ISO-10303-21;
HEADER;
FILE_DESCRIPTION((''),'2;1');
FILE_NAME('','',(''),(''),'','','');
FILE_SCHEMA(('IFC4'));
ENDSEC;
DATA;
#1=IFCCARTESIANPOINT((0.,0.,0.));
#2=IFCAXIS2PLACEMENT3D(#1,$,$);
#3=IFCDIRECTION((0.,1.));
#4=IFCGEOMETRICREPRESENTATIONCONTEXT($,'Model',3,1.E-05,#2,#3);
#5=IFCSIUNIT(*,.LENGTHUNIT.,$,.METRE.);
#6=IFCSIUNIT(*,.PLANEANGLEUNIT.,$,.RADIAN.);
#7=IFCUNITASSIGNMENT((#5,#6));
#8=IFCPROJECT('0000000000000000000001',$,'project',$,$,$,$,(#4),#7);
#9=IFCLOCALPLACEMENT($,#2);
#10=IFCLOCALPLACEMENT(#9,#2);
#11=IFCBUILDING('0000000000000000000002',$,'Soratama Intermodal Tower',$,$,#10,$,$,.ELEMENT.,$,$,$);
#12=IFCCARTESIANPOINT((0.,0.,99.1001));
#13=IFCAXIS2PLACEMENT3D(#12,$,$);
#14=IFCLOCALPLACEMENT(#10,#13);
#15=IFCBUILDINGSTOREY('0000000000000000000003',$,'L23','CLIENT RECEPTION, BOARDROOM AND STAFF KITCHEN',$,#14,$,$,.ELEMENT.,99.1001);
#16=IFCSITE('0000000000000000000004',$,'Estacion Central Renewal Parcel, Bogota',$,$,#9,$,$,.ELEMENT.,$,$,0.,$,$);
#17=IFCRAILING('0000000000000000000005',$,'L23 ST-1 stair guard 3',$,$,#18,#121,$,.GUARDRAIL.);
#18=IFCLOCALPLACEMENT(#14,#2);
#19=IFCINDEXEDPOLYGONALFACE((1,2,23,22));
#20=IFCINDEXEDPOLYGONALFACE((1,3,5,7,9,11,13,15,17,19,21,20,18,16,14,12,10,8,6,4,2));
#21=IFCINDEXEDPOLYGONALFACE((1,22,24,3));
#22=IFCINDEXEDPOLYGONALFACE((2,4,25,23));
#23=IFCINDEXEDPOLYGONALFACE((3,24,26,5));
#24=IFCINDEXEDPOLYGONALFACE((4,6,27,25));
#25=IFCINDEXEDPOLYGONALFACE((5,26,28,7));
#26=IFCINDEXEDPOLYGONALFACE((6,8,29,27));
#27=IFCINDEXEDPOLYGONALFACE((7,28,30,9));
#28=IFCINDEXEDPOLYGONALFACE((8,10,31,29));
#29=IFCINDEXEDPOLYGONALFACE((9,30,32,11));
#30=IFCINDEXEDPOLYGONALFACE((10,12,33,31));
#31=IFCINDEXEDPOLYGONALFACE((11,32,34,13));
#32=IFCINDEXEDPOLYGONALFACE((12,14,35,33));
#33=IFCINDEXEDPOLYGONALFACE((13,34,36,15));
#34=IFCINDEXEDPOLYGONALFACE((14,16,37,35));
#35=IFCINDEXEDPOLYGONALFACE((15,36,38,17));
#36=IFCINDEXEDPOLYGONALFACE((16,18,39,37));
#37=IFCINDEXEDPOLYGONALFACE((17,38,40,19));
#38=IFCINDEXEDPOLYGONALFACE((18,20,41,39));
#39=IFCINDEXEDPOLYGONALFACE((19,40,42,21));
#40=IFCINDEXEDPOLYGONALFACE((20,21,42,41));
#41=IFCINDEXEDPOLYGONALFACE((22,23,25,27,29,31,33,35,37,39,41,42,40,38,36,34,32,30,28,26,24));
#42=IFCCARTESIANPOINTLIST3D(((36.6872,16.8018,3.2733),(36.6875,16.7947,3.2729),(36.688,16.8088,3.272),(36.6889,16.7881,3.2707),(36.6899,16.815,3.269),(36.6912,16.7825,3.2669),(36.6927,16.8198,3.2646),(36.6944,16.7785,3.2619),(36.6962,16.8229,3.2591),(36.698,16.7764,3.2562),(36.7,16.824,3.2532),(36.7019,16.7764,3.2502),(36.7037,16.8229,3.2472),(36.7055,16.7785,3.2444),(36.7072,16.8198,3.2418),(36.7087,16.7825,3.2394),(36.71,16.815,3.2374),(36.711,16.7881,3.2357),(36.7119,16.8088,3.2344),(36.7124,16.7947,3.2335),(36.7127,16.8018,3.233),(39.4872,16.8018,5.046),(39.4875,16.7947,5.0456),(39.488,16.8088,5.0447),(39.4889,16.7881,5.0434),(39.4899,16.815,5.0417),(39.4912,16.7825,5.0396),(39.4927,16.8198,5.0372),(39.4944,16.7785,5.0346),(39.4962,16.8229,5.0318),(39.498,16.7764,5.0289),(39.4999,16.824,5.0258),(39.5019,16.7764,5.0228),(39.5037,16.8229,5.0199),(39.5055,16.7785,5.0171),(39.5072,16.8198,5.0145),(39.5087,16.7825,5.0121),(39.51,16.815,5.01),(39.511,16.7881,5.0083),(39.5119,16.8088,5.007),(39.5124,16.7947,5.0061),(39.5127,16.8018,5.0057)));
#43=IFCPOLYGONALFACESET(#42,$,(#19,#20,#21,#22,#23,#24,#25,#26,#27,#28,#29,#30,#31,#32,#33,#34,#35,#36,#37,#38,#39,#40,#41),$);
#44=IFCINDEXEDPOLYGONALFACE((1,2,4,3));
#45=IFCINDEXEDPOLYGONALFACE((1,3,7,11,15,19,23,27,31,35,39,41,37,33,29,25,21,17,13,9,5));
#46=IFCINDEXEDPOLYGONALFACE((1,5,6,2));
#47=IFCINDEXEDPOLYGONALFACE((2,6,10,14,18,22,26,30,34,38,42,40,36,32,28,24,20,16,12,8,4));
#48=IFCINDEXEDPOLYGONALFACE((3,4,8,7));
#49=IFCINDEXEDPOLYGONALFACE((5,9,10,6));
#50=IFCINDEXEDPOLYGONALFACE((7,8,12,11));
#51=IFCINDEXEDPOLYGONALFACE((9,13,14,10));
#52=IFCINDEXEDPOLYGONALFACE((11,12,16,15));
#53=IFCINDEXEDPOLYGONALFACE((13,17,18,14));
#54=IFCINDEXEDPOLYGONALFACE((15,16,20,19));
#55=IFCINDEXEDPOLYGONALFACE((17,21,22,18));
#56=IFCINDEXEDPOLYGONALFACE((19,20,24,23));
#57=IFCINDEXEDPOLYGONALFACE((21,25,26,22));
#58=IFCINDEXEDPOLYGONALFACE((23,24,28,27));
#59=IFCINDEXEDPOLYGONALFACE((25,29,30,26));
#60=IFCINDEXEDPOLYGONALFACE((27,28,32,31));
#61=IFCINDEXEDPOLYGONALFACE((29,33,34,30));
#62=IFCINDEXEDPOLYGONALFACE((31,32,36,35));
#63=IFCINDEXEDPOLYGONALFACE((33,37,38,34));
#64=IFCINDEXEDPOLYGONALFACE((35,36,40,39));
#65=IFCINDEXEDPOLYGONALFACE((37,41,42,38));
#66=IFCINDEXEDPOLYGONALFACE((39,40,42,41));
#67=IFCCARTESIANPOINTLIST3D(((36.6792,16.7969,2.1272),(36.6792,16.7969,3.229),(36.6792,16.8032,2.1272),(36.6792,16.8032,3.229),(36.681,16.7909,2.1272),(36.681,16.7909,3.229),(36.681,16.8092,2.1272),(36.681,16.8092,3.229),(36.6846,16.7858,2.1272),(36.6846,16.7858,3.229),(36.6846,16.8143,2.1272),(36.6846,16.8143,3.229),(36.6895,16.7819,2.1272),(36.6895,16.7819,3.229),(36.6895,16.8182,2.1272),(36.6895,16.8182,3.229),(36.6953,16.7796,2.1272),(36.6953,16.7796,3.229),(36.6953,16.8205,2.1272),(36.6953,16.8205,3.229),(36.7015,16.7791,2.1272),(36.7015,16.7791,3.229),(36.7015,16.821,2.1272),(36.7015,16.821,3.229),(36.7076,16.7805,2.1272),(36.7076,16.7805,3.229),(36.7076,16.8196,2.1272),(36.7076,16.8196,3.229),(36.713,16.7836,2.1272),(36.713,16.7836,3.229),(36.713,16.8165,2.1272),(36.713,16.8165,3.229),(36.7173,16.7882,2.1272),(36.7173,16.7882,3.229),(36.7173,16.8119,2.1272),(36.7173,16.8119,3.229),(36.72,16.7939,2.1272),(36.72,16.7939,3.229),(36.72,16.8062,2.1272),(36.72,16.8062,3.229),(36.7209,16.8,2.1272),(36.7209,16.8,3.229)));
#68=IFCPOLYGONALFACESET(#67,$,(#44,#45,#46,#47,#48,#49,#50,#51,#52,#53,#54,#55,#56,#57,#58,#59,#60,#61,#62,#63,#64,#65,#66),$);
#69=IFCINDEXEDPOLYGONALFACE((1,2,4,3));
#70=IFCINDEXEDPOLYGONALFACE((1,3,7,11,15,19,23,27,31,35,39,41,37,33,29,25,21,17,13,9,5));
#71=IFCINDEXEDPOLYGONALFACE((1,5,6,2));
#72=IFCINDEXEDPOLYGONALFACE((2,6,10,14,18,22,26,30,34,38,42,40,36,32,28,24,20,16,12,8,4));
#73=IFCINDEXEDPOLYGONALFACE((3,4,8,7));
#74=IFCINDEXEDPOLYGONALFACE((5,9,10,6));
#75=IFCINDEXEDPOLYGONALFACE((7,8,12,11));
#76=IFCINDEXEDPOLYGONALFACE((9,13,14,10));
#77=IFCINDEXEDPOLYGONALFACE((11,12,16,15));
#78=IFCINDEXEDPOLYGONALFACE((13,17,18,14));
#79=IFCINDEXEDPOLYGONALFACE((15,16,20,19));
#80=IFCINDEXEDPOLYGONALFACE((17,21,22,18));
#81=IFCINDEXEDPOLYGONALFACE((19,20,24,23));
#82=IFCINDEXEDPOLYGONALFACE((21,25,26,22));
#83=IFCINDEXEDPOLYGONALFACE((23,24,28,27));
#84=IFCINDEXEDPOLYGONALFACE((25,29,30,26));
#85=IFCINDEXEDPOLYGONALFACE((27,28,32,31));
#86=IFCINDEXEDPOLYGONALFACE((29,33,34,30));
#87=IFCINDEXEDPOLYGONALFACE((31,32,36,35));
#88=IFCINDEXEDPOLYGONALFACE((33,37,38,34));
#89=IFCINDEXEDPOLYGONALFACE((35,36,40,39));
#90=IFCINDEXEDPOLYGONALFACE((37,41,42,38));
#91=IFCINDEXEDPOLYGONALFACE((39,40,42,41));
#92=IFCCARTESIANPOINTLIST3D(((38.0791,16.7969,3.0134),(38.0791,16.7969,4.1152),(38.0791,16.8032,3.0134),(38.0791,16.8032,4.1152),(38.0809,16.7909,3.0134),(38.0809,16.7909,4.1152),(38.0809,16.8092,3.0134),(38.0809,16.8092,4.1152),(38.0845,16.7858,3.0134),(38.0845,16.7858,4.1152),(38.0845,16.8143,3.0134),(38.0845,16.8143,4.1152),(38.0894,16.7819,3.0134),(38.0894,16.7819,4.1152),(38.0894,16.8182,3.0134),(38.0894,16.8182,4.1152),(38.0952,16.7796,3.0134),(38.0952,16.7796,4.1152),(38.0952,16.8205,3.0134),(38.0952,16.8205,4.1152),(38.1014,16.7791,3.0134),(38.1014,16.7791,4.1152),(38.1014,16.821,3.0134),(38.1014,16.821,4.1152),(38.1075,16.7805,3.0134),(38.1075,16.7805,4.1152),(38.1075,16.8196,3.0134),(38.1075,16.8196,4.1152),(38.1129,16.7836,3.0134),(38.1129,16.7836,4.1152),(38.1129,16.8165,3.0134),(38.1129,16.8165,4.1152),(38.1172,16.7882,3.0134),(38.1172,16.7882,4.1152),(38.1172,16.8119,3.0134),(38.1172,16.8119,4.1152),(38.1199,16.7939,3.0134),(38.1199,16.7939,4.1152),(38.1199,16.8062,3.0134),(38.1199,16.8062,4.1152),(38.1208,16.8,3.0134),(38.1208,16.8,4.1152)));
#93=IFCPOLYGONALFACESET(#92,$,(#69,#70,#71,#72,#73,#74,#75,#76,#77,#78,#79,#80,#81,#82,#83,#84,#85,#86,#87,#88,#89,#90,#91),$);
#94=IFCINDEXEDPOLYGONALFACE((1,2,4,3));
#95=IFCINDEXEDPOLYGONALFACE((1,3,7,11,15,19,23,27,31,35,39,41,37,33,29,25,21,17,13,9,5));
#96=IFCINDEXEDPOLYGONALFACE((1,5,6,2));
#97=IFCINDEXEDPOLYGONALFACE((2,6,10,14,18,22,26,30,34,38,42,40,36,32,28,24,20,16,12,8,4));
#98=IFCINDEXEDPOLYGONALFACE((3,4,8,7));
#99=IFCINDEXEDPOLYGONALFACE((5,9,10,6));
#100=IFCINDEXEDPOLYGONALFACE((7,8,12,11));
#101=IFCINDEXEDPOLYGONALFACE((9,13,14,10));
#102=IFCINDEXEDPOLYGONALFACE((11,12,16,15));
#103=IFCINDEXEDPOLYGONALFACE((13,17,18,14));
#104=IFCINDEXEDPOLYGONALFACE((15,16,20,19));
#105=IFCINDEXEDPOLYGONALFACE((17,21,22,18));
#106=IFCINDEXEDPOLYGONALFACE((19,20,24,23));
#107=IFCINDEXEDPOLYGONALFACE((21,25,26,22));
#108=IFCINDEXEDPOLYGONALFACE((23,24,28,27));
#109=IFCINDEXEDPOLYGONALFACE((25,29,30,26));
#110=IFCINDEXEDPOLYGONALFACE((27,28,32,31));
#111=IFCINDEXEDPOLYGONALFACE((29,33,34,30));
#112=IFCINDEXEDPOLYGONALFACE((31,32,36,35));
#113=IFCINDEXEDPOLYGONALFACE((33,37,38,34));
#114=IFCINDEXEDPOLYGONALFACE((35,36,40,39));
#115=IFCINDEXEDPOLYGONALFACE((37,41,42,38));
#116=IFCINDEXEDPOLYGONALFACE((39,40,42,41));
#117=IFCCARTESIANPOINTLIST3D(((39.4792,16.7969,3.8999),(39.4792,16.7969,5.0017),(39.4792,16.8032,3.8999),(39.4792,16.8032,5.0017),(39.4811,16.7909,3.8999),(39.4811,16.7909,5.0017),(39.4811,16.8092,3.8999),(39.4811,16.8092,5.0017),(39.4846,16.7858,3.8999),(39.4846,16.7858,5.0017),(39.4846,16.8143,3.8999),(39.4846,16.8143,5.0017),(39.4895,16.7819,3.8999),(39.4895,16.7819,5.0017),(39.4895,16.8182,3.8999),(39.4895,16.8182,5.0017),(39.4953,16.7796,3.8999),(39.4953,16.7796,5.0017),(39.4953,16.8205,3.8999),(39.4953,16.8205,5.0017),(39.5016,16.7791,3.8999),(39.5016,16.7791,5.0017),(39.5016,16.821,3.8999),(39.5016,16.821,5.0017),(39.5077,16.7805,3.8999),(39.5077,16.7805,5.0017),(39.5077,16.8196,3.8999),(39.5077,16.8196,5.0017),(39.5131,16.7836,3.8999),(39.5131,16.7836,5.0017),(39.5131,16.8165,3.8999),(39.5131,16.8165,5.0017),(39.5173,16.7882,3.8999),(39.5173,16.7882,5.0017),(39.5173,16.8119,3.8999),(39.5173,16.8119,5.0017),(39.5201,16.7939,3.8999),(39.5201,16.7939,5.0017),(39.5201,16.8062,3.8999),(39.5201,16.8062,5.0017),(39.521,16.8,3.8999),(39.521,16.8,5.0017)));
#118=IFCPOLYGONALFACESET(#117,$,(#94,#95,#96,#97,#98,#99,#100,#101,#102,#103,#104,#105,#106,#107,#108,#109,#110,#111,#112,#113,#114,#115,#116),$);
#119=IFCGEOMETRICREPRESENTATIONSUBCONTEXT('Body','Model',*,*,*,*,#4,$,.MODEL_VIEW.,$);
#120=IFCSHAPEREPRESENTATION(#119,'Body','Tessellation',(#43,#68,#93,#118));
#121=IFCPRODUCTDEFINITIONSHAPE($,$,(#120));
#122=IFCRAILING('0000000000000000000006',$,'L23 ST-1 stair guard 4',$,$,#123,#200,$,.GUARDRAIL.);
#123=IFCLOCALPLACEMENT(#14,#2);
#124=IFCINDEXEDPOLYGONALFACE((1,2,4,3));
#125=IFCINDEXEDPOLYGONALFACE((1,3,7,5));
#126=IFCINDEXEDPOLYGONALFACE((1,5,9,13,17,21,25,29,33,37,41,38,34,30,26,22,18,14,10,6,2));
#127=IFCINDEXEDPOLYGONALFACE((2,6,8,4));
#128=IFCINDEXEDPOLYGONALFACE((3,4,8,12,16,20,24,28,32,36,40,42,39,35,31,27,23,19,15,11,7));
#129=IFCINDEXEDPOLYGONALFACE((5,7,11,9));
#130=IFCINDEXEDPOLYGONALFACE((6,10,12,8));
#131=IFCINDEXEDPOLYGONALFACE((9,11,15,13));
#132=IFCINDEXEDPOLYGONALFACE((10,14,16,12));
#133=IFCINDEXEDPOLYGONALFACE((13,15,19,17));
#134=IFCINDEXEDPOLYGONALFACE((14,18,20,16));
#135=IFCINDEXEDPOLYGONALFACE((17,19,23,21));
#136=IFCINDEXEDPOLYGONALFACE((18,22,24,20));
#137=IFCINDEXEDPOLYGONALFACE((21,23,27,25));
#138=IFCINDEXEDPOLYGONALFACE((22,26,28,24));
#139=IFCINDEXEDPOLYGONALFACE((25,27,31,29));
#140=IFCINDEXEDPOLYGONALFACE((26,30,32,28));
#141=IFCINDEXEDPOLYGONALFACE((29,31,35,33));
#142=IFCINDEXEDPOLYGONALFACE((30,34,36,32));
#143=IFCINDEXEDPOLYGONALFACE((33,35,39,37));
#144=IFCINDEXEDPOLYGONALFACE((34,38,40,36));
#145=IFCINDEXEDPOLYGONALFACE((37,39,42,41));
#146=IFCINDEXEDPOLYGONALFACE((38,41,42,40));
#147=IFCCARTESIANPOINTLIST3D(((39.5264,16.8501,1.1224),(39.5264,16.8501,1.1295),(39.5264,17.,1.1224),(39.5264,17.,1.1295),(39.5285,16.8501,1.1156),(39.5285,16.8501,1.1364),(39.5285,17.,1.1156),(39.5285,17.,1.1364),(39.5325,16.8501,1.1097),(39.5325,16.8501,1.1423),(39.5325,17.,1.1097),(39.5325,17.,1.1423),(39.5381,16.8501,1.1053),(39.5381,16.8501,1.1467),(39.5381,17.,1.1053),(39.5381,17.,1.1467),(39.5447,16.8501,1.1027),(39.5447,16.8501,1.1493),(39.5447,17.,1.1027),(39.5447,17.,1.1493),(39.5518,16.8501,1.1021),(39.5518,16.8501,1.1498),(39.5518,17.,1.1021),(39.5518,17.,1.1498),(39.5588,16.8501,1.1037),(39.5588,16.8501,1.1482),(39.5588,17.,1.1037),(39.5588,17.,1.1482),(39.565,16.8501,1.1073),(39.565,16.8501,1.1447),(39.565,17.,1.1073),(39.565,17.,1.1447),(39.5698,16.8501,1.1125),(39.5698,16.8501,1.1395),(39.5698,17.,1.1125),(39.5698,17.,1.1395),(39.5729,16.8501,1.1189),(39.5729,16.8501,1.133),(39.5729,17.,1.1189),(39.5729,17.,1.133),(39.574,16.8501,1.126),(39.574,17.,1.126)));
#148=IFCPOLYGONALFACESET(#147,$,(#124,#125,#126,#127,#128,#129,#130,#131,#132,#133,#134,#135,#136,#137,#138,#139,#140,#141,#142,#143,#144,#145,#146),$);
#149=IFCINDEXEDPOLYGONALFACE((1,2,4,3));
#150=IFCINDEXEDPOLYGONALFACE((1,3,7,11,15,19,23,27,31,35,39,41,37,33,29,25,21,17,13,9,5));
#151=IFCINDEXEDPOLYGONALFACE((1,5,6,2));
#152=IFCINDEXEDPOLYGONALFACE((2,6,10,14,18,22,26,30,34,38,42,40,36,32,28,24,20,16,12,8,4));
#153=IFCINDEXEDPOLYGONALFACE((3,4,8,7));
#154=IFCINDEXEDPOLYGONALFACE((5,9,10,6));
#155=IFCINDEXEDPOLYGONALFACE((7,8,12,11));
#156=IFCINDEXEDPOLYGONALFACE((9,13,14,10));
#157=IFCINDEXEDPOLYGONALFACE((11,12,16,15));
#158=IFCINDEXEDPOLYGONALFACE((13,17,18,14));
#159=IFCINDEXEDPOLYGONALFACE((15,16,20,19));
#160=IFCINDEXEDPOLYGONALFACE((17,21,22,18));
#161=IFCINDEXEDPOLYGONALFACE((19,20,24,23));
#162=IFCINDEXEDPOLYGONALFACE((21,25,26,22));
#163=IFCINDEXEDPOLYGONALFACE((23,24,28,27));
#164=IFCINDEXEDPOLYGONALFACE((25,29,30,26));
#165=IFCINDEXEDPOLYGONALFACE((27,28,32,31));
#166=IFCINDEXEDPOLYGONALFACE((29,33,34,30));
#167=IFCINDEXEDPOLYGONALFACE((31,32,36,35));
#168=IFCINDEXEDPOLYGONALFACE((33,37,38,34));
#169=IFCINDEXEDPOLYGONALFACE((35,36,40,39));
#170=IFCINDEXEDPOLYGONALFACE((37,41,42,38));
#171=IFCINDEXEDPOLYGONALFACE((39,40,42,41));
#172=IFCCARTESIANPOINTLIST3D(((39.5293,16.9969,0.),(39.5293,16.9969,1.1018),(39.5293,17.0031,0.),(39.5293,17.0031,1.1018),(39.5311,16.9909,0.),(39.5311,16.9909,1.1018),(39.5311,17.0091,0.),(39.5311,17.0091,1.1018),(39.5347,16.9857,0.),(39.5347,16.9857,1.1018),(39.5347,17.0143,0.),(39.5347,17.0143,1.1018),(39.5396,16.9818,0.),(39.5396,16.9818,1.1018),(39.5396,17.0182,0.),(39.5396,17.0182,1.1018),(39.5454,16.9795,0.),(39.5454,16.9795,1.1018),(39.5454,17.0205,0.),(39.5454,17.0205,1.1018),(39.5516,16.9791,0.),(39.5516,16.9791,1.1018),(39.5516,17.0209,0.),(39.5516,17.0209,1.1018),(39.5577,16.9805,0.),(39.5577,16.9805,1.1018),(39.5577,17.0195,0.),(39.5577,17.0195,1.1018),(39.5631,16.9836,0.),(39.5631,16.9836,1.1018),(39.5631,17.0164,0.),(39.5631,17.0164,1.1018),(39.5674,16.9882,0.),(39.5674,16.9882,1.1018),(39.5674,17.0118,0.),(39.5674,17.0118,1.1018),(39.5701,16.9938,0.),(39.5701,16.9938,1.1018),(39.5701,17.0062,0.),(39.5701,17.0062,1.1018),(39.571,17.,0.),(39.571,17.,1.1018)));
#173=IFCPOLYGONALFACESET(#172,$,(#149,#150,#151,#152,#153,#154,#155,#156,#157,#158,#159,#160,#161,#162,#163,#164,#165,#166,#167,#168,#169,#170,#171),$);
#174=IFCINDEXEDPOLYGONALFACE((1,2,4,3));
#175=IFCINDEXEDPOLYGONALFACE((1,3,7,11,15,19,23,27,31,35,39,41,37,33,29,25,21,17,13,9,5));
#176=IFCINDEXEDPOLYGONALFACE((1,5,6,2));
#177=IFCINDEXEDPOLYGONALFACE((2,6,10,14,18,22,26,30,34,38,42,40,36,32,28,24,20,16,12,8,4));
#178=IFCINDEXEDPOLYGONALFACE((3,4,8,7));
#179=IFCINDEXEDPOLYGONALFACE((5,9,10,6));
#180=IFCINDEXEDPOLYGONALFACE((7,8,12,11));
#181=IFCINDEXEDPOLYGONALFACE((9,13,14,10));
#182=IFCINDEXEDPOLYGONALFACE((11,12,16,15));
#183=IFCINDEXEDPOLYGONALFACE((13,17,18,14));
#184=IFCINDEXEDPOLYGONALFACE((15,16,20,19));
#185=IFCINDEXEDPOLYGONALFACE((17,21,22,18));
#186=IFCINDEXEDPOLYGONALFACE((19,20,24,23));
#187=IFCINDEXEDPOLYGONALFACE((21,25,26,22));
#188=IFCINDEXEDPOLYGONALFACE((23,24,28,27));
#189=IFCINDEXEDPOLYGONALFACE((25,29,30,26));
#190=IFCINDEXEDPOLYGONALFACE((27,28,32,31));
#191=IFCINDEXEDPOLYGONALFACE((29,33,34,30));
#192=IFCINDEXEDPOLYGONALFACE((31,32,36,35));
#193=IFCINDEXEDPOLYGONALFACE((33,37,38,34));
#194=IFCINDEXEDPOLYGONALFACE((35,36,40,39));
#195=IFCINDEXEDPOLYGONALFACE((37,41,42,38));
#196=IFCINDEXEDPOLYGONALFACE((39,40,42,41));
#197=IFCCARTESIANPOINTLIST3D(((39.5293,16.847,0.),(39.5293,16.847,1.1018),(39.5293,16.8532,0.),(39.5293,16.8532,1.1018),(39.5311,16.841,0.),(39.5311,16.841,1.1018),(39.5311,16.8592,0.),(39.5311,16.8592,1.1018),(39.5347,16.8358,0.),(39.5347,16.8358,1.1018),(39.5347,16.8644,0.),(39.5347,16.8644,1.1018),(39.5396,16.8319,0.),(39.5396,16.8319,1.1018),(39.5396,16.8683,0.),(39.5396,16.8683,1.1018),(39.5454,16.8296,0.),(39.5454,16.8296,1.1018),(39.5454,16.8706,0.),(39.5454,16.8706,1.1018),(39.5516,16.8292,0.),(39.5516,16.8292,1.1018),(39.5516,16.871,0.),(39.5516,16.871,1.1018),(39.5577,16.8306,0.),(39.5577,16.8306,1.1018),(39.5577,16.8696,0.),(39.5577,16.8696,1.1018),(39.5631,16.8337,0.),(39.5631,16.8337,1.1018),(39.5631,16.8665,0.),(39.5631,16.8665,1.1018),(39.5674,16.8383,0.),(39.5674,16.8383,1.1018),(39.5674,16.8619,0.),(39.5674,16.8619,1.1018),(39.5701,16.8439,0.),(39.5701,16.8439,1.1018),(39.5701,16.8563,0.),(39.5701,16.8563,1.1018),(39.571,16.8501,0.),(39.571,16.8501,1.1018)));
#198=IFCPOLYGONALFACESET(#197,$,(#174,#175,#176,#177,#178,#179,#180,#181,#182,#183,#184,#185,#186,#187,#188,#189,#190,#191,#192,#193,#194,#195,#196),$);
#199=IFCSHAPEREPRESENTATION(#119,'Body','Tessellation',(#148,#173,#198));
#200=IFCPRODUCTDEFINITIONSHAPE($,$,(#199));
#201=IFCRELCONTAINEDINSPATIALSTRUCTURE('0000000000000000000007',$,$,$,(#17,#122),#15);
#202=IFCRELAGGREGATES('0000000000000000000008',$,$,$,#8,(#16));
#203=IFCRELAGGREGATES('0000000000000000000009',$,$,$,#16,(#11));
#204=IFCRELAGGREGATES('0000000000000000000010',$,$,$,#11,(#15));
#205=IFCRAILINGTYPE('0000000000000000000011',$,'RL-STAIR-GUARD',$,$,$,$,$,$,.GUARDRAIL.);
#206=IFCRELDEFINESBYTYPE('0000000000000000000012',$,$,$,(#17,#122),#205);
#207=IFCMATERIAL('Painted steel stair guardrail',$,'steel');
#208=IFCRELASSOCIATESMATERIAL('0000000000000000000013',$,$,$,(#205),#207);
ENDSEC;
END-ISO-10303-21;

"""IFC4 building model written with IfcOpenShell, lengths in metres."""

from ifc_helpers import new_model, si_unit, direction, frame, origin, origin_2d, place, context, subcontext, project, spatial, circle, extrude, material, type_object, element, save


model = new_model("IFC4")

# Units and contexts
model_context = context("Model", 3, precision=1e-05, world=origin(), true_north=direction((0.0, 1.0)))
body_context = subcontext(model_context, "Body", "Model", "MODEL_VIEW")
ifc_project = project(units=[si_unit("LENGTHUNIT", "METRE"), si_unit("PLANEANGLEUNIT", "RADIAN")], contexts=[model_context])

# Site, building, storey
site_placement = place(None, origin())
site = spatial("IfcSite", under=ifc_project, at=site_placement, Name="Estacion Central Renewal Parcel, Bogota", CompositionType="ELEMENT", RefElevation=0.0)
building_placement = place(site_placement, origin())
building = spatial("IfcBuilding", under=site, at=building_placement, Name="Soratama Intermodal Tower", CompositionType="ELEMENT")
storey_placement = place(building_placement, frame((0.0, 0.0, 99.1001)))
storey = spatial("IfcBuildingStorey", under=building, at=storey_placement, Name="L23", Description="CLIENT RECEPTION, BOARDROOM AND STAFF KITCHEN", CompositionType="ELEMENT", Elevation=99.1001)

# Railings
ifc_material_1 = material(Name="Painted steel stair guardrail", Category="steel")
railing_type_1 = type_object("IfcRailingType", Name="RL-STAIR-GUARD", PredefinedType="GUARDRAIL", material=ifc_material_1)
railing_1_placement = place(storey_placement, frame((36.7, 16.8, 2.1272)))
element("IfcRailing", 1, at=railing_1_placement, inside=storey, type_object=railing_type_1, Name="L23 ST-1 stair guard 3", PredefinedType="GUARDRAIL", context=body_context, shape_type="SweptSolid", body=[
    extrude(circle(Radius=0.0239, at=origin_2d()), frame((0.0, 0.0, 1.126), z_axis=(0.844909, 0.0, 0.53491), x_axis=(0.0, 1.0, 0.0)), (0.0, 0.0, 1.0), 3.314),
    extrude(circle(Radius=0.021, at=origin_2d()), origin(), (0.0, 0.0, 1.0), 1.1018),
    extrude(circle(Radius=0.021, at=origin_2d()), frame((1.3999, 0.0, 0.8862)), (0.0, 0.0, 1.0), 1.1018),
    extrude(circle(Radius=0.021, at=origin_2d()), frame((2.8, 0.0, 1.7727)), (0.0, 0.0, 1.0), 1.1018),
])
railing_2_placement = place(storey_placement, frame((39.55, 17.0, 0.0)))
element("IfcRailing", 2, at=railing_2_placement, inside=storey, type_object=railing_type_1, Name="L23 ST-1 stair guard 4", PredefinedType="GUARDRAIL", context=body_context, shape_type="SweptSolid", body=[
    extrude(circle(Radius=0.0239, at=origin_2d()), frame((0.0, 0.0, 1.126), z_axis=(0.0, -1.0, 0.0), x_axis=(1.0, 0.0, 0.0)), (0.0, 0.0, 1.0), 0.1499),
    extrude(circle(Radius=0.021, at=origin_2d()), origin(), (0.0, 0.0, 1.0), 1.1018),
    extrude(circle(Radius=0.021, at=origin_2d()), frame((0.0, -0.1499, 0.0)), (0.0, 0.0, 1.0), 1.1018),
])

save(model, "model.ifc")
